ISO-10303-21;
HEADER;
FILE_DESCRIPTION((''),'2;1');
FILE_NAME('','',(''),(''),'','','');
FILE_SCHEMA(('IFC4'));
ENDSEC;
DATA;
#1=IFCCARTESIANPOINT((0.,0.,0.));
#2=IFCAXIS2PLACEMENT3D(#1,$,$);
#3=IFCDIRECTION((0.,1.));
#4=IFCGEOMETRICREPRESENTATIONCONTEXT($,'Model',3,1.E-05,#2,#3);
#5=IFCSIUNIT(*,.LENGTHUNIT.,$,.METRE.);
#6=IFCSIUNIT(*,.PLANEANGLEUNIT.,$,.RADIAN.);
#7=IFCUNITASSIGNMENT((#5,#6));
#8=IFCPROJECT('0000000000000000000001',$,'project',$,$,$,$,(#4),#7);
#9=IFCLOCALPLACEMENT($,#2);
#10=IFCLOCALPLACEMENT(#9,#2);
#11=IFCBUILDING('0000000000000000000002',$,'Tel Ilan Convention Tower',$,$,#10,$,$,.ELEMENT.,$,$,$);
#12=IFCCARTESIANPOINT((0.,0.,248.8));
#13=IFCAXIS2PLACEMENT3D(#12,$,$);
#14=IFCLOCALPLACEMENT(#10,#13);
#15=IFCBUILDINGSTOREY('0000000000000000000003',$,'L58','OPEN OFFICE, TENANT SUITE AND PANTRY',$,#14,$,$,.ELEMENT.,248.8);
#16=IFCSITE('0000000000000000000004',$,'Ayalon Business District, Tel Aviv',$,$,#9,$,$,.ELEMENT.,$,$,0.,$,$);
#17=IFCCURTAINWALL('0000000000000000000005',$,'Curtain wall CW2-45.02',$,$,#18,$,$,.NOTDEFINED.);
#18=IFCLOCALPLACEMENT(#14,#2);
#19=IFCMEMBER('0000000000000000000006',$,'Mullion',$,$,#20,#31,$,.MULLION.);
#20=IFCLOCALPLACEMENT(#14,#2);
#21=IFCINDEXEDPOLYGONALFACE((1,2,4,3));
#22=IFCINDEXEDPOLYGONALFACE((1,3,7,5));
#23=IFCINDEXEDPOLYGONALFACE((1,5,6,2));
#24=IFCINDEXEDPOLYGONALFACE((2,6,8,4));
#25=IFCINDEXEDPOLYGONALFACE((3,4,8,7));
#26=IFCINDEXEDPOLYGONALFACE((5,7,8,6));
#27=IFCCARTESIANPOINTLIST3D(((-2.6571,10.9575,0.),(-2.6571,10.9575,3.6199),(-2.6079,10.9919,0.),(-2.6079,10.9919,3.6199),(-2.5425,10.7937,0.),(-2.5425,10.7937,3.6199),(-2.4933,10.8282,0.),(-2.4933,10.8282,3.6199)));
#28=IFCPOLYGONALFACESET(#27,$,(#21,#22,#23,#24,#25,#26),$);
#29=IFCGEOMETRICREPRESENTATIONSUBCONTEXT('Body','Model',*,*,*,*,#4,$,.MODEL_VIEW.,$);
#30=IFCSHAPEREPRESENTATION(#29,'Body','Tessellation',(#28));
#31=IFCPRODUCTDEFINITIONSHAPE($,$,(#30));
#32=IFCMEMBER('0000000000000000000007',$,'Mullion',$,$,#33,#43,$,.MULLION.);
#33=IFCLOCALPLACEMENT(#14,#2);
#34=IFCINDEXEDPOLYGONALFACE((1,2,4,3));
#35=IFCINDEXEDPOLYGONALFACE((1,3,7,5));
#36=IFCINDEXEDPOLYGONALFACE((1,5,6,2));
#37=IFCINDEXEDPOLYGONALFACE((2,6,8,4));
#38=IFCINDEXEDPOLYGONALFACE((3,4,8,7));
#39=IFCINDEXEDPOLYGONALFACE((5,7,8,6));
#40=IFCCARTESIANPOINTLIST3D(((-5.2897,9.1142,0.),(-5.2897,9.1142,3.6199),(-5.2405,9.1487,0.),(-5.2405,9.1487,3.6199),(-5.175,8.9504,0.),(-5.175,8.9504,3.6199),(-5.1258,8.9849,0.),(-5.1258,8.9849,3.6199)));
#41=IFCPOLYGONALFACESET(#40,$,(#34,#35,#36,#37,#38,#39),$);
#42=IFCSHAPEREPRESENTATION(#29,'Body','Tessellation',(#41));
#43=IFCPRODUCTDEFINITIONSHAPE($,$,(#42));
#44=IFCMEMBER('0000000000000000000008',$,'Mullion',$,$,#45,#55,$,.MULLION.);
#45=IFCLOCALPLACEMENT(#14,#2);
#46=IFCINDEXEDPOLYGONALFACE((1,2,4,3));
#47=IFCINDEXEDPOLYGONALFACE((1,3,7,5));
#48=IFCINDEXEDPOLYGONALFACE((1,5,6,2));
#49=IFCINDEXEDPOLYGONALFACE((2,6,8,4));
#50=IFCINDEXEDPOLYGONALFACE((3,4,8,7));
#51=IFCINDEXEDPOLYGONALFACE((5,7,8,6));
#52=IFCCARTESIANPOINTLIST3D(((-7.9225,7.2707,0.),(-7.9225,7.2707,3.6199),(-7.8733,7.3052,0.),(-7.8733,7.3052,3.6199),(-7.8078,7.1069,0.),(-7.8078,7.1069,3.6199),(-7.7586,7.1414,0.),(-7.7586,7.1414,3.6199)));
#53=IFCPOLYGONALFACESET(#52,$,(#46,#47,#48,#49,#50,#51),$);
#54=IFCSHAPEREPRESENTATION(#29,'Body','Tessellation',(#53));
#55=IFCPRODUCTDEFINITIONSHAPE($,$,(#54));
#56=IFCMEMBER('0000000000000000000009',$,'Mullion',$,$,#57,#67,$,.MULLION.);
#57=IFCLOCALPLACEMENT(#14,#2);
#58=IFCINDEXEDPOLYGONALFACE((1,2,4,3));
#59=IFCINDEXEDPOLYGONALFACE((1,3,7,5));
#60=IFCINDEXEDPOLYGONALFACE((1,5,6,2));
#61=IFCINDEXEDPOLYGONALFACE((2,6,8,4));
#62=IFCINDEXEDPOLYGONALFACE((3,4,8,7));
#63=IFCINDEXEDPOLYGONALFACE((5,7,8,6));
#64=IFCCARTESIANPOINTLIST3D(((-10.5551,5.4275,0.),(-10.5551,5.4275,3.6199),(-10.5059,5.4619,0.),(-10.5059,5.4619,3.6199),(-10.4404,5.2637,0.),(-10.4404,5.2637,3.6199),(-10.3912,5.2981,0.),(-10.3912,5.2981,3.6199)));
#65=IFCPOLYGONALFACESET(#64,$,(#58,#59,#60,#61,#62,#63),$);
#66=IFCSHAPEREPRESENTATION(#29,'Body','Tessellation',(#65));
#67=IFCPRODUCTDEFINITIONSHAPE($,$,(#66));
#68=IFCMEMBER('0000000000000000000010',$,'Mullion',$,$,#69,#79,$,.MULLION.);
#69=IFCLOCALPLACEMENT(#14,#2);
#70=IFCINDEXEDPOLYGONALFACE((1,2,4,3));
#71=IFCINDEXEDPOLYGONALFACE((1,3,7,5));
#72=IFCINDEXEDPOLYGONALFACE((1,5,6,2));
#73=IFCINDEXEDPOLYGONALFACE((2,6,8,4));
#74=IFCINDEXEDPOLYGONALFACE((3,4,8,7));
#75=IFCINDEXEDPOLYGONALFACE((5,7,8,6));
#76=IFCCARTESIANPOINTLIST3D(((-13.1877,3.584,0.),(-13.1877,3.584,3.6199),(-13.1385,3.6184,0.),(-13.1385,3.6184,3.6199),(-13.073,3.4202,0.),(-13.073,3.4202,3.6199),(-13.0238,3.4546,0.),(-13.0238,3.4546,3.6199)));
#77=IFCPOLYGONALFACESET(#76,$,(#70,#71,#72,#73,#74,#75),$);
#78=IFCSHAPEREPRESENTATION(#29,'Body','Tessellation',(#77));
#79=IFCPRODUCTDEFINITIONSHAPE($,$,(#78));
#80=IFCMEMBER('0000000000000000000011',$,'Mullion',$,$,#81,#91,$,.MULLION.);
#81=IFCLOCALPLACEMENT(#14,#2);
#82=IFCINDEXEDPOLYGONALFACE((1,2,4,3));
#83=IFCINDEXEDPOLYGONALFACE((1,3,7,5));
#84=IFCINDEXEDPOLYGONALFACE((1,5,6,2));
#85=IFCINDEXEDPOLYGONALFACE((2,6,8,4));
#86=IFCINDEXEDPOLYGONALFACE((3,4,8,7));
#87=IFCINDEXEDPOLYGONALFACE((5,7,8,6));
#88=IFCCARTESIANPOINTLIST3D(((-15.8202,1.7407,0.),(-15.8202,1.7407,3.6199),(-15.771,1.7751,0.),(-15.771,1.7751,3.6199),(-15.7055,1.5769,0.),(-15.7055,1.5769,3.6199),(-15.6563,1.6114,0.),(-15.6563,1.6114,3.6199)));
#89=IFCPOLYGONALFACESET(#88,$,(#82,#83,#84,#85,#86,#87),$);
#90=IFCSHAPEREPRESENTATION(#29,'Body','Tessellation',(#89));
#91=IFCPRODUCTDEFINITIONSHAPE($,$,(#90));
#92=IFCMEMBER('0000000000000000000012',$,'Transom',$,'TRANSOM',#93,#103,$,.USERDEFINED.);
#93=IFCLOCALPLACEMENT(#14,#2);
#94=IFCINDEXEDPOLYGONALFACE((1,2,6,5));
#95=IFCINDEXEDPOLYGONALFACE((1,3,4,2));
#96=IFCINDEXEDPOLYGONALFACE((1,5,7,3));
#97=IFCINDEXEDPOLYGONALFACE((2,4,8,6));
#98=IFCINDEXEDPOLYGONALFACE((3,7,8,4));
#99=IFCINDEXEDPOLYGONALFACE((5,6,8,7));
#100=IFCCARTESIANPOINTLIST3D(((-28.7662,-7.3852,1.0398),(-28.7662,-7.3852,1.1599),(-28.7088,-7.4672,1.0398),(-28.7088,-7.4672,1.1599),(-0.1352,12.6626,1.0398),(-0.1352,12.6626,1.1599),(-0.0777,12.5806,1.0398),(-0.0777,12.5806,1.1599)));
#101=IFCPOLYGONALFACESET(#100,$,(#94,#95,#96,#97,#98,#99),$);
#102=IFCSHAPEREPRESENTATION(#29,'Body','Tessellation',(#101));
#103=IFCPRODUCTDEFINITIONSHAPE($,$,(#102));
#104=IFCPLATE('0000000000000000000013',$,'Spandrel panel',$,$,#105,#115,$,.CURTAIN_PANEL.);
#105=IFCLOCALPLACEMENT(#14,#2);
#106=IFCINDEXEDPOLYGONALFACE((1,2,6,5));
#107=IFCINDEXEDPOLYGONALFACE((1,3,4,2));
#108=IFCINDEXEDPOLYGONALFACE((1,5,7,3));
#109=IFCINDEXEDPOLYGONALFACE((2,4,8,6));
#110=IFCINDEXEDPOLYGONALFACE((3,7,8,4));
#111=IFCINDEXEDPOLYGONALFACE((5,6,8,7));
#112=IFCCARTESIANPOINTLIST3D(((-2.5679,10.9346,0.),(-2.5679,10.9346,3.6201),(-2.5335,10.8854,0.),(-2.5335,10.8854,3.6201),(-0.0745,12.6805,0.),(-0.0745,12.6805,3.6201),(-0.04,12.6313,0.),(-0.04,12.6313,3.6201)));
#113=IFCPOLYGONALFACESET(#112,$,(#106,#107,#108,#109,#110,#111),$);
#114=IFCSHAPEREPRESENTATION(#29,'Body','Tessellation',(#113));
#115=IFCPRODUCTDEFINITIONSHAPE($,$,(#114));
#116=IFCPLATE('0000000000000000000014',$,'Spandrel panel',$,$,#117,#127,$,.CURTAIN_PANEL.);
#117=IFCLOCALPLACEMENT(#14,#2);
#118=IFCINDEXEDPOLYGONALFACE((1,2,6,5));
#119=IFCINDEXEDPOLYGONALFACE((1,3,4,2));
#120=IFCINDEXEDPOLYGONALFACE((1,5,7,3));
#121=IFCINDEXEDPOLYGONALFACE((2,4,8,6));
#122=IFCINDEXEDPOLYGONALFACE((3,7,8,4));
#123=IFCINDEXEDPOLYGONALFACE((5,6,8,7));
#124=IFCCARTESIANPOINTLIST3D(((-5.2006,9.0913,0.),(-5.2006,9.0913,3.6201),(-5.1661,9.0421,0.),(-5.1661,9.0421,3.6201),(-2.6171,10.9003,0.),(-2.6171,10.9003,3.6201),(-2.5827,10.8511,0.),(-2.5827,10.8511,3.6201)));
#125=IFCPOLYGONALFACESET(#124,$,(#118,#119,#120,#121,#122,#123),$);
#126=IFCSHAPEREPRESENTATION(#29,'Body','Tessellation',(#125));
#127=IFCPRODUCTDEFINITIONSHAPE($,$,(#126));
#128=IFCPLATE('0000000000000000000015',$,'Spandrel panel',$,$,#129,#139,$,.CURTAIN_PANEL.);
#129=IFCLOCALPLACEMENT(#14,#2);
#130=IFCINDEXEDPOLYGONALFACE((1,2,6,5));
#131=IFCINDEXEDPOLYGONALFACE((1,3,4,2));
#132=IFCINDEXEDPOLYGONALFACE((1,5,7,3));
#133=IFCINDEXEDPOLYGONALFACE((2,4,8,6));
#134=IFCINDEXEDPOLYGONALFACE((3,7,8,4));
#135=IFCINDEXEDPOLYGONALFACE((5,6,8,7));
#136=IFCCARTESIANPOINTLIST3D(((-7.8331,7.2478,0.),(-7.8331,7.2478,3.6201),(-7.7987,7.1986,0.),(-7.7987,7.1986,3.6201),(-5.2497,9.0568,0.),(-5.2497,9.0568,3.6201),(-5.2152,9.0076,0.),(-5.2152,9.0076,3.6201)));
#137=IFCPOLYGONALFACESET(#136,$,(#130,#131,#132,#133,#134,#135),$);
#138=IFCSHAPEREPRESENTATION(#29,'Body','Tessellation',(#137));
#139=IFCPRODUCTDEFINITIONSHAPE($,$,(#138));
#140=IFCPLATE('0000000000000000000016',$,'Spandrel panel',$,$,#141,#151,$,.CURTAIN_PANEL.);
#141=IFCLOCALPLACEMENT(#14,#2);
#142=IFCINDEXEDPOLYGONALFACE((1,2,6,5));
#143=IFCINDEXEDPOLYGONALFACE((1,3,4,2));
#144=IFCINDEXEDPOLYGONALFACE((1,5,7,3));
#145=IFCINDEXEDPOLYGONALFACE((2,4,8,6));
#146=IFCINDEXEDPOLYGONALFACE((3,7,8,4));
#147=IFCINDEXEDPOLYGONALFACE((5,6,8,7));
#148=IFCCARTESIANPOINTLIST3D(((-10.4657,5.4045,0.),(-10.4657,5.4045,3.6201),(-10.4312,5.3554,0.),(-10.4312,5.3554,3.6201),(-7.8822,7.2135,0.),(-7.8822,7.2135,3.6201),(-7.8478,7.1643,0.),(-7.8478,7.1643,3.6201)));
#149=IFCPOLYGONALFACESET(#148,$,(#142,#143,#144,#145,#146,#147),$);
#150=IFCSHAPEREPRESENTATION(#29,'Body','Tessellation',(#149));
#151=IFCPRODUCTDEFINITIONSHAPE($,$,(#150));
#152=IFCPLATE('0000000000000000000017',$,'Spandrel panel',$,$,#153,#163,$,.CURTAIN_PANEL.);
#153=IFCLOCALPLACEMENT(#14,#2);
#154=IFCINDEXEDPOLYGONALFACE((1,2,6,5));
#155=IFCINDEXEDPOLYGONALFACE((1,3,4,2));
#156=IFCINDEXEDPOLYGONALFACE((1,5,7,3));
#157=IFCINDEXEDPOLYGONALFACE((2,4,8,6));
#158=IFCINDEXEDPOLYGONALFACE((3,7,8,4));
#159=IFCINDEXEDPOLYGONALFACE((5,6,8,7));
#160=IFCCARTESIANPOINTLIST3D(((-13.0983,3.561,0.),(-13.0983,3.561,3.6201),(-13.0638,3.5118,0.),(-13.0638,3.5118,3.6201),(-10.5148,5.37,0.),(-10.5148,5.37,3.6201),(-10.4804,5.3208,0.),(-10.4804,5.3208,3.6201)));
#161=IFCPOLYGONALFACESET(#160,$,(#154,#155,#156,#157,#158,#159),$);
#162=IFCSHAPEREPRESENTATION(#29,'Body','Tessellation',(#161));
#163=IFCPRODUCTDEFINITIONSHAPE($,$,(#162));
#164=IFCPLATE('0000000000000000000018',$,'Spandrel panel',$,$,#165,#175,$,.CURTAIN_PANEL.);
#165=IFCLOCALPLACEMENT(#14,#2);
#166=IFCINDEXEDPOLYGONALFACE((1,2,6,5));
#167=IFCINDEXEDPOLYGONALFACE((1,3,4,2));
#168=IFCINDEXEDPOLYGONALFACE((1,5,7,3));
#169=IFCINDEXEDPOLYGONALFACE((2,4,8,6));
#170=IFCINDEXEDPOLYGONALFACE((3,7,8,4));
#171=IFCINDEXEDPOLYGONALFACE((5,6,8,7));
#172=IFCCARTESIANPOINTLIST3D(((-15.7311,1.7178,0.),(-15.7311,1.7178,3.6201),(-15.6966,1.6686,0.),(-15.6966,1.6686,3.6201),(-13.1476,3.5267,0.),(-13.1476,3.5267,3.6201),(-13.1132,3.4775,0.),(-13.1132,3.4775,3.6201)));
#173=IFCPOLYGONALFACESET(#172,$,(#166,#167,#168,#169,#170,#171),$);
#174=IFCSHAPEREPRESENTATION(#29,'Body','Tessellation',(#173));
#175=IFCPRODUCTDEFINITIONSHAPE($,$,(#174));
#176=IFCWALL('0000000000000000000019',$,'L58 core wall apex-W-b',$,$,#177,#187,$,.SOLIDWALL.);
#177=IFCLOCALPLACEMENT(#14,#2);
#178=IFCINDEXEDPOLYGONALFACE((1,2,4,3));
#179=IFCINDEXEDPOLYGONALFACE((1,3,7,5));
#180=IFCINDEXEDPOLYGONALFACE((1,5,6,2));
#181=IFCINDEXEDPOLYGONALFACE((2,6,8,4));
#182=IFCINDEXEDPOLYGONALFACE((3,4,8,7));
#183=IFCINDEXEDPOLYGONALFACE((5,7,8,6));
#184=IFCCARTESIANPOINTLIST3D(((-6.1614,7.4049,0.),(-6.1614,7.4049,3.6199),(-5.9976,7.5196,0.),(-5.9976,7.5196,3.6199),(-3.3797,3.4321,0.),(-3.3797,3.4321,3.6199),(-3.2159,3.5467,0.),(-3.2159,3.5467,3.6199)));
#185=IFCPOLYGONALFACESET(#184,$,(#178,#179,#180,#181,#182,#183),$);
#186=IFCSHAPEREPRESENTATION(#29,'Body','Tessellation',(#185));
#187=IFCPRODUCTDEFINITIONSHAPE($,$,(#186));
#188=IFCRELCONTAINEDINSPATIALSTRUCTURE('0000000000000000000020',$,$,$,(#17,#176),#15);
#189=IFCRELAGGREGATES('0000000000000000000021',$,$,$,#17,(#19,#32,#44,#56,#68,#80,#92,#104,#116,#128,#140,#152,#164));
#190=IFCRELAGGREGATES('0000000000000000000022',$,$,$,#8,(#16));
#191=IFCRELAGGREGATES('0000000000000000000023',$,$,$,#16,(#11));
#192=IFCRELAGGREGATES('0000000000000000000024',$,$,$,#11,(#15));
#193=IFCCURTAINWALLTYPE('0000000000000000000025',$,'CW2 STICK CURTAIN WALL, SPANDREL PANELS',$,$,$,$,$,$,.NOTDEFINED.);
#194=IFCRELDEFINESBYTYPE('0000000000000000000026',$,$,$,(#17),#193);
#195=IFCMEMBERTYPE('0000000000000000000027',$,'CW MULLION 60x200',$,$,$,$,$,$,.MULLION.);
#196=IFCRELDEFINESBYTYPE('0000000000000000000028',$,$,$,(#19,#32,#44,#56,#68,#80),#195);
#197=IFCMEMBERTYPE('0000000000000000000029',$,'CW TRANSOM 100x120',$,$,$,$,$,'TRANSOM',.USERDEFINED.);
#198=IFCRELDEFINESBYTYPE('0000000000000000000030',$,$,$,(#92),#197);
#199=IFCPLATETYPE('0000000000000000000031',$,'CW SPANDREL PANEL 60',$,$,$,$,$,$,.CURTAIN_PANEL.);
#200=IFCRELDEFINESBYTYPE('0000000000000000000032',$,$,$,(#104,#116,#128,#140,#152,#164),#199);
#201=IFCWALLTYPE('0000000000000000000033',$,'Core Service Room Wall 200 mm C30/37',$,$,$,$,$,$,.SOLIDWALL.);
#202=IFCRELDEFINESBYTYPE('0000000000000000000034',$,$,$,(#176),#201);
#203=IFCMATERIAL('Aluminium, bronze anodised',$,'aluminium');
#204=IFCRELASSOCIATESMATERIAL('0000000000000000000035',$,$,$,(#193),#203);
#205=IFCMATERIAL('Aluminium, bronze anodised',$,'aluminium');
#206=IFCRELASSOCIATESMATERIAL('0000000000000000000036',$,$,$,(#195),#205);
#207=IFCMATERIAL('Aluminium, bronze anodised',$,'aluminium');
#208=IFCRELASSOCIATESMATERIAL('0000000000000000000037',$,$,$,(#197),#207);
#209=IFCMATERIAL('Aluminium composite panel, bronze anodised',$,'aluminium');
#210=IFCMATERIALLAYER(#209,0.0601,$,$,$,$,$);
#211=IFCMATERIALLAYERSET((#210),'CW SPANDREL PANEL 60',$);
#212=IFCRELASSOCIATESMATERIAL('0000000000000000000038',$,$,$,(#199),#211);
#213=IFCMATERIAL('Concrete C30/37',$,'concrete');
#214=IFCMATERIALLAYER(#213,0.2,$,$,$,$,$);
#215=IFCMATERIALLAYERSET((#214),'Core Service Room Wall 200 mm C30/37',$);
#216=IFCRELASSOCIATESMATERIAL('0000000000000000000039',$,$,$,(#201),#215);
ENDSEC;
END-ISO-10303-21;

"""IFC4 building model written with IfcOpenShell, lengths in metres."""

from ifc_helpers import new_model, si_unit, direction, frame, frame_2d, origin, origin_2d, place, context, subcontext, project, spatial, rectangle, extrude, material, layer, layer_set, material_profile, profile_set, type_object, element, aggregate, save


model = new_model("IFC4")

# Units and contexts
model_context = context("Model", 3, precision=1e-05, world=origin(), true_north=direction((0.0, 1.0)))
body_context = subcontext(model_context, "Body", "Model", "MODEL_VIEW")
ifc_project = project(units=[si_unit("LENGTHUNIT", "METRE"), si_unit("PLANEANGLEUNIT", "RADIAN")], contexts=[model_context])

# Site, building, storey
site_placement = place(None, origin())
site = spatial("IfcSite", under=ifc_project, at=site_placement, Name="Ayalon Business District, Tel Aviv", CompositionType="ELEMENT", RefElevation=0.0)
building_placement = place(site_placement, origin())
building = spatial("IfcBuilding", under=site, at=building_placement, Name="Tel Ilan Convention Tower", CompositionType="ELEMENT")
storey_placement = place(building_placement, frame((0.0, 0.0, 248.8)))
storey = spatial("IfcBuildingStorey", under=building, at=storey_placement, Name="L58", Description="OPEN OFFICE, TENANT SUITE AND PANTRY", CompositionType="ELEMENT", Elevation=248.8)

# Curtain wall, members, plates
ifc_material_1 = material(Name="Aluminium, bronze anodised", Category="aluminium")
curtain_wall_type = type_object("IfcCurtainWallType", Name="CW2 STICK CURTAIN WALL, SPANDREL PANELS", PredefinedType="NOTDEFINED", material=ifc_material_1)
curtain_wall_placement = place(storey_placement, origin())
curtain_wall = element("IfcCurtainWall", 1, at=curtain_wall_placement, inside=storey, type_object=curtain_wall_type, Name="Curtain wall CW2-45.02", PredefinedType="NOTDEFINED")
ifc_material_2 = material(Name="Aluminium, bronze anodised", Category="aluminium")
ifc_material_profile_1 = material_profile(ifc_material_2, rectangle(XDim=0.0601, YDim=0.2, at=origin_2d()), Name="CW MULLION 60x200")
ifc_profile_set_1 = profile_set([ifc_material_profile_1], Name="Aluminium, bronze anodised")
member_type_1 = type_object("IfcMemberType", Name="CW MULLION 60x200", PredefinedType="MULLION", material=ifc_profile_set_1)
member_1_placement = place(storey_placement, frame((-2.5752, 10.8928, 0.0), z_axis=(0.0, 0.0, 1.0), x_axis=(-0.819152, -0.573576, 0.0)))
member_1 = element("IfcMember", 2, at=member_1_placement, type_object=member_type_1, Name="Mullion", PredefinedType="MULLION", context=body_context, shape_type="SweptSolid", body=[
    extrude(rectangle(XDim=0.0601, YDim=0.2, at=origin_2d()), origin(), (0.0, 0.0, 1.0), 3.6199),
])
member_2_placement = place(storey_placement, frame((-5.2078, 9.0496, 0.0), z_axis=(0.0, 0.0, 1.0), x_axis=(-0.819152, -0.573576, 0.0)))
member_2 = element("IfcMember", 3, at=member_2_placement, type_object=member_type_1, Name="Mullion", PredefinedType="MULLION", context=body_context, shape_type="SweptSolid", body=[
    extrude(rectangle(XDim=0.0601, YDim=0.2, at=origin_2d()), origin(), (0.0, 0.0, 1.0), 3.6199),
])
member_3_placement = place(storey_placement, frame((-7.8406, 7.2061, 0.0), z_axis=(0.0, 0.0, 1.0), x_axis=(-0.819152, -0.573576, 0.0)))
member_3 = element("IfcMember", 4, at=member_3_placement, type_object=member_type_1, Name="Mullion", PredefinedType="MULLION", context=body_context, shape_type="SweptSolid", body=[
    extrude(rectangle(XDim=0.0601, YDim=0.2, at=origin_2d()), origin(), (0.0, 0.0, 1.0), 3.6199),
])
member_4_placement = place(storey_placement, frame((-10.4731, 5.3628, 0.0), z_axis=(0.0, 0.0, 1.0), x_axis=(-0.819152, -0.573576, 0.0)))
member_4 = element("IfcMember", 5, at=member_4_placement, type_object=member_type_1, Name="Mullion", PredefinedType="MULLION", context=body_context, shape_type="SweptSolid", body=[
    extrude(rectangle(XDim=0.0601, YDim=0.2, at=origin_2d()), origin(), (0.0, 0.0, 1.0), 3.6199),
])
member_5_placement = place(storey_placement, frame((-13.1057, 3.5193, 0.0), z_axis=(0.0, 0.0, 1.0), x_axis=(-0.819152, -0.573576, 0.0)))
member_5 = element("IfcMember", 6, at=member_5_placement, type_object=member_type_1, Name="Mullion", PredefinedType="MULLION", context=body_context, shape_type="SweptSolid", body=[
    extrude(rectangle(XDim=0.0601, YDim=0.2, at=origin_2d()), origin(), (0.0, 0.0, 1.0), 3.6199),
])
member_6_placement = place(storey_placement, frame((-15.7383, 1.676, 0.0), z_axis=(0.0, 0.0, 1.0), x_axis=(-0.819152, -0.573576, 0.0)))
member_6 = element("IfcMember", 7, at=member_6_placement, type_object=member_type_1, Name="Mullion", PredefinedType="MULLION", context=body_context, shape_type="SweptSolid", body=[
    extrude(rectangle(XDim=0.0601, YDim=0.2, at=origin_2d()), origin(), (0.0, 0.0, 1.0), 3.6199),
])
ifc_material_3 = material(Name="Aluminium, bronze anodised", Category="aluminium")
ifc_material_profile_2 = material_profile(ifc_material_3, rectangle(XDim=0.1001, YDim=0.1201, at=origin_2d()), Name="CW TRANSOM 100x120")
ifc_profile_set_2 = profile_set([ifc_material_profile_2], Name="Aluminium, bronze anodised")
member_type_2 = type_object("IfcMemberType", Name="CW TRANSOM 100x120", ElementType="TRANSOM", PredefinedType="USERDEFINED", material=ifc_profile_set_2)
member_7_placement = place(storey_placement, frame((-0.1064, 12.6216, 1.0999), z_axis=(-0.81915, -0.573579, 0.0), x_axis=(0.573579, -0.81915, 0.0)))
member_7 = element("IfcMember", 8, at=member_7_placement, type_object=member_type_2, Name="Transom", ObjectType="TRANSOM", PredefinedType="USERDEFINED", context=body_context, shape_type="SweptSolid", body=[
    extrude(rectangle(XDim=0.1001, YDim=0.1201, at=origin_2d()), origin(), (0.0, 0.0, 1.0), 34.9521),
])
ifc_material_4 = material(Name="Aluminium composite panel, bronze anodised", Category="aluminium")
ifc_layer_1 = layer(ifc_material_4, 0.0601)
ifc_layer_set_1 = layer_set([ifc_layer_1], Name="CW SPANDREL PANEL 60")
plate_type = type_object("IfcPlateType", Name="CW SPANDREL PANEL 60", PredefinedType="CURTAIN_PANEL", material=ifc_layer_set_1)
plate_1_placement = place(storey_placement, frame((-1.304, 11.783, 0.0), z_axis=(0.0, 0.0, 1.0), x_axis=(-0.819152, -0.573576, 0.0)))
plate_1 = element("IfcPlate", 9, at=plate_1_placement, type_object=plate_type, Name="Spandrel panel", PredefinedType="CURTAIN_PANEL", context=body_context, shape_type="SweptSolid", body=[
    extrude(rectangle(XDim=3.0439, YDim=0.0601, at=origin_2d()), origin(), (0.0, 0.0, 1.0), 3.6201),
])
plate_2_placement = place(storey_placement, frame((-3.8916, 9.9712, 0.0), z_axis=(0.0, 0.0, 1.0), x_axis=(-0.819152, -0.573576, 0.0)))
plate_2 = element("IfcPlate", 10, at=plate_2_placement, type_object=plate_type, Name="Spandrel panel", PredefinedType="CURTAIN_PANEL", context=body_context, shape_type="SweptSolid", body=[
    extrude(rectangle(XDim=3.1538, YDim=0.0601, at=origin_2d()), origin(), (0.0, 0.0, 1.0), 3.6201),
])
plate_3_placement = place(storey_placement, frame((-6.5242, 8.1277, 0.0), z_axis=(0.0, 0.0, 1.0), x_axis=(-0.819152, -0.573576, 0.0)))
plate_3 = element("IfcPlate", 11, at=plate_3_placement, type_object=plate_type, Name="Spandrel panel", PredefinedType="CURTAIN_PANEL", context=body_context, shape_type="SweptSolid", body=[
    extrude(rectangle(XDim=3.1538, YDim=0.0601, at=origin_2d()), origin(), (0.0, 0.0, 1.0), 3.6201),
])
plate_4_placement = place(storey_placement, frame((-9.1567, 6.2844, 0.0), z_axis=(0.0, 0.0, 1.0), x_axis=(-0.819152, -0.573576, 0.0)))
plate_4 = element("IfcPlate", 12, at=plate_4_placement, type_object=plate_type, Name="Spandrel panel", PredefinedType="CURTAIN_PANEL", context=body_context, shape_type="SweptSolid", body=[
    extrude(rectangle(XDim=3.1538, YDim=0.0601, at=origin_2d()), origin(), (0.0, 0.0, 1.0), 3.6201),
])
plate_5_placement = place(storey_placement, frame((-11.7893, 4.4409, 0.0), z_axis=(0.0, 0.0, 1.0), x_axis=(-0.819152, -0.573576, 0.0)))
plate_5 = element("IfcPlate", 13, at=plate_5_placement, type_object=plate_type, Name="Spandrel panel", PredefinedType="CURTAIN_PANEL", context=body_context, shape_type="SweptSolid", body=[
    extrude(rectangle(XDim=3.1538, YDim=0.0601, at=origin_2d()), origin(), (0.0, 0.0, 1.0), 3.6201),
])
plate_6_placement = place(storey_placement, frame((-14.4221, 2.5977, 0.0), z_axis=(0.0, 0.0, 1.0), x_axis=(-0.819152, -0.573576, 0.0)))
plate_6 = element("IfcPlate", 14, at=plate_6_placement, type_object=plate_type, Name="Spandrel panel", PredefinedType="CURTAIN_PANEL", context=body_context, shape_type="SweptSolid", body=[
    extrude(rectangle(XDim=3.1538, YDim=0.0601, at=origin_2d()), origin(), (0.0, 0.0, 1.0), 3.6201),
])
aggregate(curtain_wall, [member_1, member_2, member_3, member_4, member_5, member_6, member_7, plate_1, plate_2, plate_3, plate_4, plate_5, plate_6])

# Wall
ifc_material_5 = material(Name="Concrete C30/37", Category="concrete")
ifc_layer_2 = layer(ifc_material_5, 0.2)
ifc_layer_set_2 = layer_set([ifc_layer_2], Name="Core Service Room Wall 200 mm C30/37")
wall_type_1 = type_object("IfcWallType", Name="Core Service Room Wall 200 mm C30/37", PredefinedType="SOLIDWALL", material=ifc_layer_set_2)
wall_1_placement = place(storey_placement, frame((-3.2979, 3.4895, 0.0), z_axis=(0.0, 0.0, 1.0), x_axis=(-0.57356, 0.819163, 0.0)))
element("IfcWall", 15, at=wall_1_placement, inside=storey, type_object=wall_type_1, Name="L58 core wall apex-W-b", PredefinedType="SOLIDWALL", context=body_context, shape_type="SweptSolid", body=[
    extrude(rectangle(XDim=4.8499, YDim=0.2, at=frame_2d((2.4248, 0.0))), origin(), (0.0, 0.0, 1.0), 3.6199),
])

save(model, "model.ifc")
